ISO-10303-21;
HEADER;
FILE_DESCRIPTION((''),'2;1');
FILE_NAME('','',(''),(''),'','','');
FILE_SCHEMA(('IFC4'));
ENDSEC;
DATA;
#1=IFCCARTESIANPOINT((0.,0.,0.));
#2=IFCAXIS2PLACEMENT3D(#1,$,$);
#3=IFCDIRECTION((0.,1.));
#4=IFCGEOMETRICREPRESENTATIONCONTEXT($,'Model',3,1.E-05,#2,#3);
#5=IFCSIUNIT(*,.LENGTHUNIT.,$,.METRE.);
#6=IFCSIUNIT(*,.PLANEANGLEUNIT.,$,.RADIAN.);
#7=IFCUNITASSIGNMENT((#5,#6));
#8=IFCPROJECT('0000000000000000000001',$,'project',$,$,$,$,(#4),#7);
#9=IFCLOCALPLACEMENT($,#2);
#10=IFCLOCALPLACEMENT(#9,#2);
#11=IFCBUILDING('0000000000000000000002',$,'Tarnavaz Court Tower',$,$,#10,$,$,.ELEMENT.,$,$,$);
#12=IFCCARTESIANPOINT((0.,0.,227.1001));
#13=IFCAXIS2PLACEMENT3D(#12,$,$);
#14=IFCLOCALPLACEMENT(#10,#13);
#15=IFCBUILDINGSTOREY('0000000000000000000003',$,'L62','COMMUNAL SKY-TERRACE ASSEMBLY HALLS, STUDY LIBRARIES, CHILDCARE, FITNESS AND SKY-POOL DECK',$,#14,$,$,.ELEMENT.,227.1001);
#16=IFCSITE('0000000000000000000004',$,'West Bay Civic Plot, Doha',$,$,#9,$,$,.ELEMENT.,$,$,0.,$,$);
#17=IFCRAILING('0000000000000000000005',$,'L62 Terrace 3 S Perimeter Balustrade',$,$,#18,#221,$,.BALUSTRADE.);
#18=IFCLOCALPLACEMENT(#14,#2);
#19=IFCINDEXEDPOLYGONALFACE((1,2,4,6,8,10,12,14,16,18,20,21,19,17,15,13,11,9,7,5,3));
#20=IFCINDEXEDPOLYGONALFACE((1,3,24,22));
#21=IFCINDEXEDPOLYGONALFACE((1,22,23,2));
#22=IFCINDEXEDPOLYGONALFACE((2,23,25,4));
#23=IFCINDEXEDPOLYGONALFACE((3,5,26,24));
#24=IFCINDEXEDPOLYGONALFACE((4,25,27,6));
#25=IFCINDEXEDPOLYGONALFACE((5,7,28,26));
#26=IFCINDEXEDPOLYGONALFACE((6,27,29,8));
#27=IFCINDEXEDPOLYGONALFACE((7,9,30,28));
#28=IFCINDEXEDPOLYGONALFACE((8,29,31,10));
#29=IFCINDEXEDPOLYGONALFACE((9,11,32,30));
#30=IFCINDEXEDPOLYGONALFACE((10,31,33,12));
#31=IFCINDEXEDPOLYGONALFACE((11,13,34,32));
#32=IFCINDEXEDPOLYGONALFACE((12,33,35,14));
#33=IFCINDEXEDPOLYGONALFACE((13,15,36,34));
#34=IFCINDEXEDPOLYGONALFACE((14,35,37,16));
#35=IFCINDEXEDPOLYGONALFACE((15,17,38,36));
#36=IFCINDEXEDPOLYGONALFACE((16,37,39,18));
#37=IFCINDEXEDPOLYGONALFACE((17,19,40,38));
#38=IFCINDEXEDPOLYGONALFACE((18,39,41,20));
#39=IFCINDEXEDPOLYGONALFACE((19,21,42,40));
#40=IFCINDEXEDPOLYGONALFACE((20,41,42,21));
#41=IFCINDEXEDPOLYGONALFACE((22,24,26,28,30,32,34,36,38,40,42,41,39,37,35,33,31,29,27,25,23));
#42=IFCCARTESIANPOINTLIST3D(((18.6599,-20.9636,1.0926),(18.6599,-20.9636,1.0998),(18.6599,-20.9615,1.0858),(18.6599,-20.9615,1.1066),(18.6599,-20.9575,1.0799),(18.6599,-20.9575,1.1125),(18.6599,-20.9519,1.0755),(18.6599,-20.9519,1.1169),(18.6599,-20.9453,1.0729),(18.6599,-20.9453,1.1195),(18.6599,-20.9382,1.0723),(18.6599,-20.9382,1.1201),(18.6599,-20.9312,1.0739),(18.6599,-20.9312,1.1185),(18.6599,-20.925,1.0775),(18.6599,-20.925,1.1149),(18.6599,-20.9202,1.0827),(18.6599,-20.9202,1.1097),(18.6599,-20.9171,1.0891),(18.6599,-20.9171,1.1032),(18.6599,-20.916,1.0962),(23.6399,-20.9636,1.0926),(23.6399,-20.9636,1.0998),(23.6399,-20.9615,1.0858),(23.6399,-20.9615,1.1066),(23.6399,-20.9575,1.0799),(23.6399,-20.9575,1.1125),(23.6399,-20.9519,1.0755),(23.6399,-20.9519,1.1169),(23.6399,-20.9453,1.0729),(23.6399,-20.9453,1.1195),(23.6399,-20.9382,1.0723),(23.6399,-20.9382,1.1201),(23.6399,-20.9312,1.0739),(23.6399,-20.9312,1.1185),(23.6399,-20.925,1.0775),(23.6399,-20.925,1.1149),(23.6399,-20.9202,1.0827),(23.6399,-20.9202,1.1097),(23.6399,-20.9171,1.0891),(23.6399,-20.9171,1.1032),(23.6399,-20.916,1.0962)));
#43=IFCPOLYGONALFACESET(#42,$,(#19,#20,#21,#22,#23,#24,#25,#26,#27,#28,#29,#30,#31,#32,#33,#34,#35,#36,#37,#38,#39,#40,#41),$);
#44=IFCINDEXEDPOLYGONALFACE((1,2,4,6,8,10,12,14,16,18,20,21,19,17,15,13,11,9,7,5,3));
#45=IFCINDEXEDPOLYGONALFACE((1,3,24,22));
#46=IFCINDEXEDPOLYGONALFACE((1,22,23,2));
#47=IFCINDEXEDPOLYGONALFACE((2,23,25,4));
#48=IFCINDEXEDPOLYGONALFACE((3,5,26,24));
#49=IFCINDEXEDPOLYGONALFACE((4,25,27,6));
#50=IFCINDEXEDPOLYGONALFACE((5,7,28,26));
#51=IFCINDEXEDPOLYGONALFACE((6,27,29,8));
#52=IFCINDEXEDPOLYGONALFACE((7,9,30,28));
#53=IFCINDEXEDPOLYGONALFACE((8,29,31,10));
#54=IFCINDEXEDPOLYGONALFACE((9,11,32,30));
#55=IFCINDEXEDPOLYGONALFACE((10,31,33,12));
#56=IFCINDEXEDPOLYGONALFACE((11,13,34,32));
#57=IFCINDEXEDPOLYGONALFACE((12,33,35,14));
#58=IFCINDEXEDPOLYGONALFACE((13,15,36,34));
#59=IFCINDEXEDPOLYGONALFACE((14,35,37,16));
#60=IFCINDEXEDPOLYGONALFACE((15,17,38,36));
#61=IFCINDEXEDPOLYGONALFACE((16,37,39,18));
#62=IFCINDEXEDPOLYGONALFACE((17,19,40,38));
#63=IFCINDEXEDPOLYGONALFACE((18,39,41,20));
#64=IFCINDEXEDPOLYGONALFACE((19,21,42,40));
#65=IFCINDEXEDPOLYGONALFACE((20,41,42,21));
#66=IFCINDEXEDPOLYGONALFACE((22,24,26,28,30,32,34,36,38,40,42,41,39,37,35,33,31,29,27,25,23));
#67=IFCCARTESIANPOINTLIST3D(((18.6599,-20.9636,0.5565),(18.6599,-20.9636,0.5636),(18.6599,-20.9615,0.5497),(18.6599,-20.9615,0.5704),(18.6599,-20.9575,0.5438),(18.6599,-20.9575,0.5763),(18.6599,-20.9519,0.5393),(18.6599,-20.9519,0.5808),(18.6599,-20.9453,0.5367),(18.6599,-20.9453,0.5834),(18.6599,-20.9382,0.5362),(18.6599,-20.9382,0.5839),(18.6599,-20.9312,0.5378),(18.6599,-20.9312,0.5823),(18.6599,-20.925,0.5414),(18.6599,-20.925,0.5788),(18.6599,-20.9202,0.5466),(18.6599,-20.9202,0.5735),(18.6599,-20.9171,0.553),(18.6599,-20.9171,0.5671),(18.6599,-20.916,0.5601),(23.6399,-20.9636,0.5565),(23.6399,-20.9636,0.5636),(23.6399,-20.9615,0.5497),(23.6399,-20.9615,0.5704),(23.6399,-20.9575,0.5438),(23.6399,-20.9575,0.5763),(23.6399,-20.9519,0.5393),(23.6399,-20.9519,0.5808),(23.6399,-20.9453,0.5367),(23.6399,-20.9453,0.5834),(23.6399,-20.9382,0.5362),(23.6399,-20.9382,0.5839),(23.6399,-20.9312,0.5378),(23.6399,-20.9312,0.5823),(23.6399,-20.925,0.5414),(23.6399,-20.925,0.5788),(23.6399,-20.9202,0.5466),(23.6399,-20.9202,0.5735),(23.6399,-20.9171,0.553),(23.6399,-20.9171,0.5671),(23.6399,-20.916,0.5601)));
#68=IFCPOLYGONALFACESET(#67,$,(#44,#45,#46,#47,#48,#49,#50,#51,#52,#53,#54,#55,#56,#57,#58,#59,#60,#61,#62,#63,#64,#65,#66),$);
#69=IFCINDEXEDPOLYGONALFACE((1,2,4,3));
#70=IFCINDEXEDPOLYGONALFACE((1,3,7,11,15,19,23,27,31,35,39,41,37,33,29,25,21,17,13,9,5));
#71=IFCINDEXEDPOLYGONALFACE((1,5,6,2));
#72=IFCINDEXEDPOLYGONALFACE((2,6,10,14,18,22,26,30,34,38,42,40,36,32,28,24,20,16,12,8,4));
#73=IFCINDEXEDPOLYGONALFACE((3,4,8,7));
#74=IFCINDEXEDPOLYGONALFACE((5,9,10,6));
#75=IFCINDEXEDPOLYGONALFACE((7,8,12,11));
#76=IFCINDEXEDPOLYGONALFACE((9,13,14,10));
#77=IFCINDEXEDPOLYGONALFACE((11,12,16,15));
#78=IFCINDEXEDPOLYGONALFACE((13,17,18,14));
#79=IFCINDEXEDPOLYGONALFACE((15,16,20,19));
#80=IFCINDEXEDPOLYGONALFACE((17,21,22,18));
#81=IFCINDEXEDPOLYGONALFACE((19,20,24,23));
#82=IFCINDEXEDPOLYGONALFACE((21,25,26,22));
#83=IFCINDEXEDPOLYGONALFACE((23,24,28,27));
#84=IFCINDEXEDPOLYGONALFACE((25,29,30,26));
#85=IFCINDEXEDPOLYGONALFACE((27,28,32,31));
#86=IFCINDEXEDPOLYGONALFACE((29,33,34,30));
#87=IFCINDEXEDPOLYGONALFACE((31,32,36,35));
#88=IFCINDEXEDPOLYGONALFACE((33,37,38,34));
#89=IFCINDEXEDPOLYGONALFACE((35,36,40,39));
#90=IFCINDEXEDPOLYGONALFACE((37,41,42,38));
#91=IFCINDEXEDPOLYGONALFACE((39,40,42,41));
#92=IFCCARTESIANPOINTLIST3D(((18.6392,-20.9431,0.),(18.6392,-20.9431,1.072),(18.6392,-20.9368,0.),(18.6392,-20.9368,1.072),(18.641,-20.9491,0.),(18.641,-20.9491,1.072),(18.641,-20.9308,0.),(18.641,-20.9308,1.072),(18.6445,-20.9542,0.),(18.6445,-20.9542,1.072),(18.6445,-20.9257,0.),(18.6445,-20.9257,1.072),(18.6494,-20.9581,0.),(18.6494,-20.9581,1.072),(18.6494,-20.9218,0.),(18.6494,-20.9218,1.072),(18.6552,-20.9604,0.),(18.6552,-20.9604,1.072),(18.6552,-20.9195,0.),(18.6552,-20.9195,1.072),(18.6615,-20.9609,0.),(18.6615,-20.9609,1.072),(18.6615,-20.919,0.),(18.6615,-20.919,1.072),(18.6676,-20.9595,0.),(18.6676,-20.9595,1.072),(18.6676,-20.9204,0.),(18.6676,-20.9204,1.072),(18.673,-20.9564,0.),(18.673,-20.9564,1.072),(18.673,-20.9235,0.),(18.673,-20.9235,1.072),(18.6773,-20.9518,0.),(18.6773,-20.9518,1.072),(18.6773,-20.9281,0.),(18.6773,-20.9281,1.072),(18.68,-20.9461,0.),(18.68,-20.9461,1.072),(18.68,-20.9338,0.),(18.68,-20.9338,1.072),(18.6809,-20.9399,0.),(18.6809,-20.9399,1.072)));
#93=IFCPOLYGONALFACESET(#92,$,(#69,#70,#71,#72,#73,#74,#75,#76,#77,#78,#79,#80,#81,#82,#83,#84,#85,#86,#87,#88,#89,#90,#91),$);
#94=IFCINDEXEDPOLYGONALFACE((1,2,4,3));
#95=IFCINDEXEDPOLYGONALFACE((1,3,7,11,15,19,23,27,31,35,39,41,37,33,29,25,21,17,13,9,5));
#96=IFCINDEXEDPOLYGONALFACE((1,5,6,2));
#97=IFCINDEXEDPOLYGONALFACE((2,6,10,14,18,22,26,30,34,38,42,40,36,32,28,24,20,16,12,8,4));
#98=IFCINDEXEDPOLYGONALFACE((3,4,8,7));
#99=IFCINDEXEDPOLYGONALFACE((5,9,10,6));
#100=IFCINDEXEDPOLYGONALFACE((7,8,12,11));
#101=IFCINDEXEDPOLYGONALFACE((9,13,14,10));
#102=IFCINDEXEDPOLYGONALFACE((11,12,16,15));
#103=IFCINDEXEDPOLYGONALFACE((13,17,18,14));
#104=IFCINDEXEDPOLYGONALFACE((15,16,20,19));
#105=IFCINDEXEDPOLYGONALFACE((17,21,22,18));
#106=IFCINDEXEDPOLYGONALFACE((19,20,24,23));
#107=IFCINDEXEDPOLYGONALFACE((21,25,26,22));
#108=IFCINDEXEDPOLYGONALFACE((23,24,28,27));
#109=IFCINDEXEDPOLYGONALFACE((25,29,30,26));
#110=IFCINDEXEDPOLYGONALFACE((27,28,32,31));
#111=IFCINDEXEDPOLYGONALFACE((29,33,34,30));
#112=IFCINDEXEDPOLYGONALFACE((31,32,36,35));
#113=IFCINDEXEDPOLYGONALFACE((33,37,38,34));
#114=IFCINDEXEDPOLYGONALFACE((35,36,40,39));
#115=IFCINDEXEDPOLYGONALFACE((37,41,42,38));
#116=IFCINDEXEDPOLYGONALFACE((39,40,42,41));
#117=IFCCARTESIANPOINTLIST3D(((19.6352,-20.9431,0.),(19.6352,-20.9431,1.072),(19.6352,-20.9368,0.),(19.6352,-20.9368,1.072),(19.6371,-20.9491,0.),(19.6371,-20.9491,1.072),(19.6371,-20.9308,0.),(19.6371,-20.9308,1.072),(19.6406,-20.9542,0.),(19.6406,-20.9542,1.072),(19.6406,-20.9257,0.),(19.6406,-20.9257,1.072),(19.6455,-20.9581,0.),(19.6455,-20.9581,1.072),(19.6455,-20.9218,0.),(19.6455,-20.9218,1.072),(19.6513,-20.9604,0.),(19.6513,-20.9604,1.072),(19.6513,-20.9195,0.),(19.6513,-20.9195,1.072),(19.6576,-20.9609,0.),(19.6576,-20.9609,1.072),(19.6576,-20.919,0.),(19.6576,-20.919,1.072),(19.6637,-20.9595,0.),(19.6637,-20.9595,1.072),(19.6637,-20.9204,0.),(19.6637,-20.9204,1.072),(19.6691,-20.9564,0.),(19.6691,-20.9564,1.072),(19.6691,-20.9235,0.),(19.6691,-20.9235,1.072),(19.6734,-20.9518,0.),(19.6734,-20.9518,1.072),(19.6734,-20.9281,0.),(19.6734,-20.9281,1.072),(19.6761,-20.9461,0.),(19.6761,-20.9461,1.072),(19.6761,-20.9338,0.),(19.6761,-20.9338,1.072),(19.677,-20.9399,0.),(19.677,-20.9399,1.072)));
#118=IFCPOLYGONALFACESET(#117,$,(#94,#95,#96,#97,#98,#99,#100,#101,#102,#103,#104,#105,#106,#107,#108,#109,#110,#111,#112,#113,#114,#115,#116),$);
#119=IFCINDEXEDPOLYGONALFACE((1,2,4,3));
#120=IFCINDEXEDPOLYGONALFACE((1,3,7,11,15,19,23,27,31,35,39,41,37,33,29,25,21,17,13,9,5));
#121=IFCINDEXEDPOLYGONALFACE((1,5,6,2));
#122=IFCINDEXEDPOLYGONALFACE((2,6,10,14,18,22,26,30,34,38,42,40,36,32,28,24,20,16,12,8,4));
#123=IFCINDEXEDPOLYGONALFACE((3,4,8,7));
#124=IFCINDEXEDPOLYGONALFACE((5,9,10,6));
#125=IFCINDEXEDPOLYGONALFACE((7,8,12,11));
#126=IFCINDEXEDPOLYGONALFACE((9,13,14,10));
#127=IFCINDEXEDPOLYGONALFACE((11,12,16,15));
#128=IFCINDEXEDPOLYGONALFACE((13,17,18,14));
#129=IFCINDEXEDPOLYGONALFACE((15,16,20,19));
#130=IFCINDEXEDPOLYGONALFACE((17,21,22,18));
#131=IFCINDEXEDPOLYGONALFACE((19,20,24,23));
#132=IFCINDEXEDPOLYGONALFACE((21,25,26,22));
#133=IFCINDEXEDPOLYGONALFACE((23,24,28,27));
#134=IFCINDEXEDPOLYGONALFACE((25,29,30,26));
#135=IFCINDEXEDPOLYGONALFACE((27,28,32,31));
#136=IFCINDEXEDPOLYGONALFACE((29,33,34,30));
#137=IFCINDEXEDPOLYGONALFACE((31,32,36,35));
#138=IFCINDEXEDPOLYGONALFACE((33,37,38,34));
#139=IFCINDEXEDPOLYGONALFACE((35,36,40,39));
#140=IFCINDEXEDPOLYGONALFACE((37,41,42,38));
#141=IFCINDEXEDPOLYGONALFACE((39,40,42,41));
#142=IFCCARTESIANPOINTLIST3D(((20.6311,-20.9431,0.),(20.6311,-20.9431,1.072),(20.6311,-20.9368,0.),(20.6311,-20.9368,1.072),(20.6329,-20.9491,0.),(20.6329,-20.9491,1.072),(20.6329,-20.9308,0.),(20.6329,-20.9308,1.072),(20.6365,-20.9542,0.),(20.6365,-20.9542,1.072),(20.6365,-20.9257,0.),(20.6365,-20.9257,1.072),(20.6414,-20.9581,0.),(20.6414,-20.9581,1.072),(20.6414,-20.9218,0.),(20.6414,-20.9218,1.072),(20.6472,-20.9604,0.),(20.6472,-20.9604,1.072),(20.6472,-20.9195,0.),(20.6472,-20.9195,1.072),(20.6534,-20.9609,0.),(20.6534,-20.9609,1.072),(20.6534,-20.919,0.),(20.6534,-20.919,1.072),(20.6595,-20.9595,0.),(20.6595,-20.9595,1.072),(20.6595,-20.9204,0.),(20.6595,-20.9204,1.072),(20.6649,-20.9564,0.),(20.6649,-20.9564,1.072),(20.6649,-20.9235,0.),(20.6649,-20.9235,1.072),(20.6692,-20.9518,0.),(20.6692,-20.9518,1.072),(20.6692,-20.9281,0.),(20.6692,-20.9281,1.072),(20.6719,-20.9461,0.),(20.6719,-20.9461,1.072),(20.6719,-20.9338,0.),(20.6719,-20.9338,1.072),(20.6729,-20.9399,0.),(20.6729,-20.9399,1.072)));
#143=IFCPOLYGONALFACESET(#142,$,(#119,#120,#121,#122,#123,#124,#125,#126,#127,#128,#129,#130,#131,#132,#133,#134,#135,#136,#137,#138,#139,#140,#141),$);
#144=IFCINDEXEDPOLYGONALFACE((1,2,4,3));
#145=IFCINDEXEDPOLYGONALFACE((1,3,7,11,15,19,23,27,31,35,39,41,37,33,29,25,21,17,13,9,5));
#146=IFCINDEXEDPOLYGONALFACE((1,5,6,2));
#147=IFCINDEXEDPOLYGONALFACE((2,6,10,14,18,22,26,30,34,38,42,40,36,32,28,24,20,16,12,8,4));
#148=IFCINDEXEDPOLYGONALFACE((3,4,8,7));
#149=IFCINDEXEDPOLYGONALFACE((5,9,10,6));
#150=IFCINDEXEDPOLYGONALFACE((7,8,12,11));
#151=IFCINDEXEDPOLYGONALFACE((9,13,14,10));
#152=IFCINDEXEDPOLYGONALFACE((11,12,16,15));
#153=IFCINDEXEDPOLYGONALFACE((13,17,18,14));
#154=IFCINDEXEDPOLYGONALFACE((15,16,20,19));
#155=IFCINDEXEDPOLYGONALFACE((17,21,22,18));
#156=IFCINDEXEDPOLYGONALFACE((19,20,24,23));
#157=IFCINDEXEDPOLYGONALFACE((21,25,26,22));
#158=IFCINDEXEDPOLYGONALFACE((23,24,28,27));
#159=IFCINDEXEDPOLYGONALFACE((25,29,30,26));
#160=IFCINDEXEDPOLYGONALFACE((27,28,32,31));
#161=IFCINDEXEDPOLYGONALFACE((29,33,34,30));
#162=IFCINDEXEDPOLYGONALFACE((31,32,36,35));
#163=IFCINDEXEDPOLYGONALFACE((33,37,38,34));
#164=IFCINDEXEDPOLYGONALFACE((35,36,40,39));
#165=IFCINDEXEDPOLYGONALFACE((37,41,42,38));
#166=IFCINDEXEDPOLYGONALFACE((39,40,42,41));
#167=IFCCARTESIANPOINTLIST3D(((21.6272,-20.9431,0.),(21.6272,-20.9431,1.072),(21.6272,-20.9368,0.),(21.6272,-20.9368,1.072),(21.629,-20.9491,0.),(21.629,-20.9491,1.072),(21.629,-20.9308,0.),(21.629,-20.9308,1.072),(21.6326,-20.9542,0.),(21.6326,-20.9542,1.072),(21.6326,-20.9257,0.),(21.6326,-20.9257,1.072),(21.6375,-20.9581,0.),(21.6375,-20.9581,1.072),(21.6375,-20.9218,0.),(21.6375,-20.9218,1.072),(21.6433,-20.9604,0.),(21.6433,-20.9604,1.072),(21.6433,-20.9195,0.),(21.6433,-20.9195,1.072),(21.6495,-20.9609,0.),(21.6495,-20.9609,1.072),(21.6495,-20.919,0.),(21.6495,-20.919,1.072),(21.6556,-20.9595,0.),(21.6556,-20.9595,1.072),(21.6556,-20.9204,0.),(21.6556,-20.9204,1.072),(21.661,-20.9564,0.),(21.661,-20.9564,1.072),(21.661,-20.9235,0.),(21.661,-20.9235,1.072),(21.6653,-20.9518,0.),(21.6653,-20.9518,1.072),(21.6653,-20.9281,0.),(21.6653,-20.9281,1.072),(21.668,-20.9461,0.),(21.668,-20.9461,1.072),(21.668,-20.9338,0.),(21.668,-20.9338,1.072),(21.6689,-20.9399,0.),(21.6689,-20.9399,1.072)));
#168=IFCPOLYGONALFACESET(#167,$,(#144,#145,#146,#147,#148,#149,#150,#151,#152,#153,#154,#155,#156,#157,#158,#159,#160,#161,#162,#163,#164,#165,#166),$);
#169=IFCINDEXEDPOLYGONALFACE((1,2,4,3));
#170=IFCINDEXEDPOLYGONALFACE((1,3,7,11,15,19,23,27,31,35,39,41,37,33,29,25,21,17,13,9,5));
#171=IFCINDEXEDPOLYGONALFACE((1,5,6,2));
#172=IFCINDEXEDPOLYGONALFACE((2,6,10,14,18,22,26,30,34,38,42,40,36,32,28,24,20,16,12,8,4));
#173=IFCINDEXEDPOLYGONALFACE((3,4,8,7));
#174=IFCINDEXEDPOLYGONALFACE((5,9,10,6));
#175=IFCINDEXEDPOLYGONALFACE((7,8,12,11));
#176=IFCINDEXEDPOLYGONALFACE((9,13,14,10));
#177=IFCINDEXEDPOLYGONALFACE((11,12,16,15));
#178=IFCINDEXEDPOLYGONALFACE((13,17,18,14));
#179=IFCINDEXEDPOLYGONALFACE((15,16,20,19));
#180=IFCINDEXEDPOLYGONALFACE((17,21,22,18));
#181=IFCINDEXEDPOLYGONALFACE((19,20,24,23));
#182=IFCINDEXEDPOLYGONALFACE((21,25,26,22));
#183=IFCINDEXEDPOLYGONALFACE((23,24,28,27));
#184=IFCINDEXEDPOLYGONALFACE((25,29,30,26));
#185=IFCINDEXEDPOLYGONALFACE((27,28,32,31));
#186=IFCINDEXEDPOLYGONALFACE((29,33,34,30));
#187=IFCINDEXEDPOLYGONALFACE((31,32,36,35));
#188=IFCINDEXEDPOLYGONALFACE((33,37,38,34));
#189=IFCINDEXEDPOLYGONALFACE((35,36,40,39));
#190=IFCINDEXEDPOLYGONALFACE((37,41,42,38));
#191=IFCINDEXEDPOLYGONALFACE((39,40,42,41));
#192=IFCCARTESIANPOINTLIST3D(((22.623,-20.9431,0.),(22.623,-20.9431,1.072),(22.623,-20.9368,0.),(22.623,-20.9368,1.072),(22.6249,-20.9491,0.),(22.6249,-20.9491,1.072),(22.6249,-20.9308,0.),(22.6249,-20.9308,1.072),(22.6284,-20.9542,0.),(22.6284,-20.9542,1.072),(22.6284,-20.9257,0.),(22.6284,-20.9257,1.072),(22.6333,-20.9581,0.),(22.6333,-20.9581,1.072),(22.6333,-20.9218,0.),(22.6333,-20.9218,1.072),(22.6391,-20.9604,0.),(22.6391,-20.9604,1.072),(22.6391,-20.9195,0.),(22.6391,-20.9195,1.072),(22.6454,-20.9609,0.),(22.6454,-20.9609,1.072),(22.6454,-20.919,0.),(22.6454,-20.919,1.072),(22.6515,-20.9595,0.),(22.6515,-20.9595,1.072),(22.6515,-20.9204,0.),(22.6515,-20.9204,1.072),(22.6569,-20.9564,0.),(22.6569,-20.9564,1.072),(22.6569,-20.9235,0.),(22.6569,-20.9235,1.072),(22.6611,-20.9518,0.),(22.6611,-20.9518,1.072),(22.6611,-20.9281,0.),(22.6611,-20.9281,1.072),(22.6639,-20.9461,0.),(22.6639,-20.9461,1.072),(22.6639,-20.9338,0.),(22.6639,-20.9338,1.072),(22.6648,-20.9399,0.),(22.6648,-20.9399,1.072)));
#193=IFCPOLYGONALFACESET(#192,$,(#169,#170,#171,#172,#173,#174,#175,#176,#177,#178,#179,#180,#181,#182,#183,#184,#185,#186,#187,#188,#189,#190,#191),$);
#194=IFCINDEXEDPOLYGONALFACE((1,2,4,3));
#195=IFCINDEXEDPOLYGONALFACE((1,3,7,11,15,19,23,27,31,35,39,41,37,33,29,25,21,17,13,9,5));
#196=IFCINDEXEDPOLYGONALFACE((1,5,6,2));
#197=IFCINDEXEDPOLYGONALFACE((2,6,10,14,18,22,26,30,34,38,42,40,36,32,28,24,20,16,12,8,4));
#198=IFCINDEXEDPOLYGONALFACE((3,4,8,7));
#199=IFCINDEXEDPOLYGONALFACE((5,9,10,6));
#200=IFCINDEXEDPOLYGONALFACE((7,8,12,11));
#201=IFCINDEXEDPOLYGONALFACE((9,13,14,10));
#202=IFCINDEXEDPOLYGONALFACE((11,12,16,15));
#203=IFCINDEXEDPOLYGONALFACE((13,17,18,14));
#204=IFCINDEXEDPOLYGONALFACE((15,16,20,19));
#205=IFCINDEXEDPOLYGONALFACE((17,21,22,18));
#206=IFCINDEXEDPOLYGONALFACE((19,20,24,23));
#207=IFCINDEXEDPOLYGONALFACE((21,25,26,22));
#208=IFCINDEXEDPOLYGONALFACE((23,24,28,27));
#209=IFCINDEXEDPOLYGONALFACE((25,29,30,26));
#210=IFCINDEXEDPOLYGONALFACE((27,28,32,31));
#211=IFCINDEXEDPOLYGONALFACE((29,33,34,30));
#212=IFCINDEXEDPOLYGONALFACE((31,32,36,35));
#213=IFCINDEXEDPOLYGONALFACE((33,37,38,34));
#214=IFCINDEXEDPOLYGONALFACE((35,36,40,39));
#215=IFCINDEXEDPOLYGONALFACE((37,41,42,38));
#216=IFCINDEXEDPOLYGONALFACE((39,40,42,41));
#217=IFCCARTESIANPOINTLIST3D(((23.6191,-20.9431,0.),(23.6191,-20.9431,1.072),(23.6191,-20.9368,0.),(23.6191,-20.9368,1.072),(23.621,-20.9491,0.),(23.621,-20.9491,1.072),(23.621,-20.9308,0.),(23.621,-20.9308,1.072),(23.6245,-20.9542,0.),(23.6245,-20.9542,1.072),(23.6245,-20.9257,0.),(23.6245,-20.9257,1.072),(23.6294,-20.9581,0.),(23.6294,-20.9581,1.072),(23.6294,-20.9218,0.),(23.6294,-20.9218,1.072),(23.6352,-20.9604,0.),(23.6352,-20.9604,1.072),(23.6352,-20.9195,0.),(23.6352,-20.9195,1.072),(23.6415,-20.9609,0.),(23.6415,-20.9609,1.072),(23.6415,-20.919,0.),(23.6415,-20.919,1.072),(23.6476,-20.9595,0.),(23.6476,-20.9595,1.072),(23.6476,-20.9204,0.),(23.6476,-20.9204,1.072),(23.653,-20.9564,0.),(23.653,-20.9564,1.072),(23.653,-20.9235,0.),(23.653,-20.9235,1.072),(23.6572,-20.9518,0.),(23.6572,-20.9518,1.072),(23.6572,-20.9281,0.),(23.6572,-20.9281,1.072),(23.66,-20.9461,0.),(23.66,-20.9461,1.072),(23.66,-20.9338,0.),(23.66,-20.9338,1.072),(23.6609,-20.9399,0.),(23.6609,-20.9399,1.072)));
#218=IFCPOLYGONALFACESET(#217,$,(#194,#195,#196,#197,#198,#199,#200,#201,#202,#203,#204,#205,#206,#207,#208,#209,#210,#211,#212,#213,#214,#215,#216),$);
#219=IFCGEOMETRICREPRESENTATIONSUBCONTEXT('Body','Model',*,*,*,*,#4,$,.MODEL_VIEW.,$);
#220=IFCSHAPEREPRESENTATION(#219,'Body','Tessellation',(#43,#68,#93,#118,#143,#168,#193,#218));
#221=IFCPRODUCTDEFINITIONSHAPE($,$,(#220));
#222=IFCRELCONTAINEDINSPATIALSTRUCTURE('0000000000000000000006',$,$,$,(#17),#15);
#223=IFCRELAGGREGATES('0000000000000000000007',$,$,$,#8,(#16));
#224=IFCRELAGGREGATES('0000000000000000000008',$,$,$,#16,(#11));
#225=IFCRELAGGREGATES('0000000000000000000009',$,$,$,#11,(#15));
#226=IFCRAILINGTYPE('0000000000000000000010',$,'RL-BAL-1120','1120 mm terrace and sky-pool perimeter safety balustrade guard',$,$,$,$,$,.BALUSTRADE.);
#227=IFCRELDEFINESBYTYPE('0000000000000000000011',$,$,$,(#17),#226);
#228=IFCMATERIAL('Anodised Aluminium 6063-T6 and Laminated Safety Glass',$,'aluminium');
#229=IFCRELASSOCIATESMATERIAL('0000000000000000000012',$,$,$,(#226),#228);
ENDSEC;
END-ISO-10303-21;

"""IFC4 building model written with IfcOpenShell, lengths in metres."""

from ifc_helpers import new_model, si_unit, direction, frame, origin, origin_2d, place, context, subcontext, project, spatial, circle, extrude, material, type_object, element, save


model = new_model("IFC4")

# Units and contexts
model_context = context("Model", 3, precision=1e-05, world=origin(), true_north=direction((0.0, 1.0)))
body_context = subcontext(model_context, "Body", "Model", "MODEL_VIEW")
ifc_project = project(units=[si_unit("LENGTHUNIT", "METRE"), si_unit("PLANEANGLEUNIT", "RADIAN")], contexts=[model_context])

# Site, building, storey
site_placement = place(None, origin())
site = spatial("IfcSite", under=ifc_project, at=site_placement, Name="West Bay Civic Plot, Doha", CompositionType="ELEMENT", RefElevation=0.0)
building_placement = place(site_placement, origin())
building = spatial("IfcBuilding", under=site, at=building_placement, Name="Tarnavaz Court Tower", CompositionType="ELEMENT")
storey_placement = place(building_placement, frame((0.0, 0.0, 227.1001)))
storey = spatial("IfcBuildingStorey", under=building, at=storey_placement, Name="L62", Description="COMMUNAL SKY-TERRACE ASSEMBLY HALLS, STUDY LIBRARIES, CHILDCARE, FITNESS AND SKY-POOL DECK", CompositionType="ELEMENT", Elevation=227.1001)

# Railing
ifc_material_1 = material(Name="Anodised Aluminium 6063-T6 and Laminated Safety Glass", Category="aluminium")
railing_type = type_object("IfcRailingType", Name="RL-BAL-1120", Description="1120 mm terrace and sky-pool perimeter safety balustrade guard", PredefinedType="BALUSTRADE", material=ifc_material_1)
railing_1_placement = place(storey_placement, frame((18.6599, -20.9399, 0.0)))
element("IfcRailing", 1, at=railing_1_placement, inside=storey, type_object=railing_type, Name="L62 Terrace 3 S Perimeter Balustrade", PredefinedType="BALUSTRADE", context=body_context, shape_type="SweptSolid", body=[
    extrude(circle(Radius=0.0239, at=origin_2d()), frame((0.0, 0.0, 1.0962), z_axis=(1.0, 0.0, 0.0), x_axis=(0.0, 1.0, 0.0)), (0.0, 0.0, 1.0), 4.98),
    extrude(circle(Radius=0.0239, at=origin_2d()), frame((0.0, 0.0, 0.5601), z_axis=(1.0, 0.0, 0.0), x_axis=(0.0, 1.0, 0.0)), (0.0, 0.0, 1.0), 4.98),
    extrude(circle(Radius=0.021, at=origin_2d()), origin(), (0.0, 0.0, 1.0), 1.072),
    extrude(circle(Radius=0.021, at=origin_2d()), frame((0.9961, 0.0, 0.0)), (0.0, 0.0, 1.0), 1.072),
    extrude(circle(Radius=0.021, at=origin_2d()), frame((1.9919, 0.0, 0.0)), (0.0, 0.0, 1.0), 1.072),
    extrude(circle(Radius=0.021, at=origin_2d()), frame((2.988, 0.0, 0.0)), (0.0, 0.0, 1.0), 1.072),
    extrude(circle(Radius=0.021, at=origin_2d()), frame((3.9839, 0.0, 0.0)), (0.0, 0.0, 1.0), 1.072),
    extrude(circle(Radius=0.021, at=origin_2d()), frame((4.98, 0.0, 0.0)), (0.0, 0.0, 1.0), 1.072),
])

save(model, "model.ifc")
